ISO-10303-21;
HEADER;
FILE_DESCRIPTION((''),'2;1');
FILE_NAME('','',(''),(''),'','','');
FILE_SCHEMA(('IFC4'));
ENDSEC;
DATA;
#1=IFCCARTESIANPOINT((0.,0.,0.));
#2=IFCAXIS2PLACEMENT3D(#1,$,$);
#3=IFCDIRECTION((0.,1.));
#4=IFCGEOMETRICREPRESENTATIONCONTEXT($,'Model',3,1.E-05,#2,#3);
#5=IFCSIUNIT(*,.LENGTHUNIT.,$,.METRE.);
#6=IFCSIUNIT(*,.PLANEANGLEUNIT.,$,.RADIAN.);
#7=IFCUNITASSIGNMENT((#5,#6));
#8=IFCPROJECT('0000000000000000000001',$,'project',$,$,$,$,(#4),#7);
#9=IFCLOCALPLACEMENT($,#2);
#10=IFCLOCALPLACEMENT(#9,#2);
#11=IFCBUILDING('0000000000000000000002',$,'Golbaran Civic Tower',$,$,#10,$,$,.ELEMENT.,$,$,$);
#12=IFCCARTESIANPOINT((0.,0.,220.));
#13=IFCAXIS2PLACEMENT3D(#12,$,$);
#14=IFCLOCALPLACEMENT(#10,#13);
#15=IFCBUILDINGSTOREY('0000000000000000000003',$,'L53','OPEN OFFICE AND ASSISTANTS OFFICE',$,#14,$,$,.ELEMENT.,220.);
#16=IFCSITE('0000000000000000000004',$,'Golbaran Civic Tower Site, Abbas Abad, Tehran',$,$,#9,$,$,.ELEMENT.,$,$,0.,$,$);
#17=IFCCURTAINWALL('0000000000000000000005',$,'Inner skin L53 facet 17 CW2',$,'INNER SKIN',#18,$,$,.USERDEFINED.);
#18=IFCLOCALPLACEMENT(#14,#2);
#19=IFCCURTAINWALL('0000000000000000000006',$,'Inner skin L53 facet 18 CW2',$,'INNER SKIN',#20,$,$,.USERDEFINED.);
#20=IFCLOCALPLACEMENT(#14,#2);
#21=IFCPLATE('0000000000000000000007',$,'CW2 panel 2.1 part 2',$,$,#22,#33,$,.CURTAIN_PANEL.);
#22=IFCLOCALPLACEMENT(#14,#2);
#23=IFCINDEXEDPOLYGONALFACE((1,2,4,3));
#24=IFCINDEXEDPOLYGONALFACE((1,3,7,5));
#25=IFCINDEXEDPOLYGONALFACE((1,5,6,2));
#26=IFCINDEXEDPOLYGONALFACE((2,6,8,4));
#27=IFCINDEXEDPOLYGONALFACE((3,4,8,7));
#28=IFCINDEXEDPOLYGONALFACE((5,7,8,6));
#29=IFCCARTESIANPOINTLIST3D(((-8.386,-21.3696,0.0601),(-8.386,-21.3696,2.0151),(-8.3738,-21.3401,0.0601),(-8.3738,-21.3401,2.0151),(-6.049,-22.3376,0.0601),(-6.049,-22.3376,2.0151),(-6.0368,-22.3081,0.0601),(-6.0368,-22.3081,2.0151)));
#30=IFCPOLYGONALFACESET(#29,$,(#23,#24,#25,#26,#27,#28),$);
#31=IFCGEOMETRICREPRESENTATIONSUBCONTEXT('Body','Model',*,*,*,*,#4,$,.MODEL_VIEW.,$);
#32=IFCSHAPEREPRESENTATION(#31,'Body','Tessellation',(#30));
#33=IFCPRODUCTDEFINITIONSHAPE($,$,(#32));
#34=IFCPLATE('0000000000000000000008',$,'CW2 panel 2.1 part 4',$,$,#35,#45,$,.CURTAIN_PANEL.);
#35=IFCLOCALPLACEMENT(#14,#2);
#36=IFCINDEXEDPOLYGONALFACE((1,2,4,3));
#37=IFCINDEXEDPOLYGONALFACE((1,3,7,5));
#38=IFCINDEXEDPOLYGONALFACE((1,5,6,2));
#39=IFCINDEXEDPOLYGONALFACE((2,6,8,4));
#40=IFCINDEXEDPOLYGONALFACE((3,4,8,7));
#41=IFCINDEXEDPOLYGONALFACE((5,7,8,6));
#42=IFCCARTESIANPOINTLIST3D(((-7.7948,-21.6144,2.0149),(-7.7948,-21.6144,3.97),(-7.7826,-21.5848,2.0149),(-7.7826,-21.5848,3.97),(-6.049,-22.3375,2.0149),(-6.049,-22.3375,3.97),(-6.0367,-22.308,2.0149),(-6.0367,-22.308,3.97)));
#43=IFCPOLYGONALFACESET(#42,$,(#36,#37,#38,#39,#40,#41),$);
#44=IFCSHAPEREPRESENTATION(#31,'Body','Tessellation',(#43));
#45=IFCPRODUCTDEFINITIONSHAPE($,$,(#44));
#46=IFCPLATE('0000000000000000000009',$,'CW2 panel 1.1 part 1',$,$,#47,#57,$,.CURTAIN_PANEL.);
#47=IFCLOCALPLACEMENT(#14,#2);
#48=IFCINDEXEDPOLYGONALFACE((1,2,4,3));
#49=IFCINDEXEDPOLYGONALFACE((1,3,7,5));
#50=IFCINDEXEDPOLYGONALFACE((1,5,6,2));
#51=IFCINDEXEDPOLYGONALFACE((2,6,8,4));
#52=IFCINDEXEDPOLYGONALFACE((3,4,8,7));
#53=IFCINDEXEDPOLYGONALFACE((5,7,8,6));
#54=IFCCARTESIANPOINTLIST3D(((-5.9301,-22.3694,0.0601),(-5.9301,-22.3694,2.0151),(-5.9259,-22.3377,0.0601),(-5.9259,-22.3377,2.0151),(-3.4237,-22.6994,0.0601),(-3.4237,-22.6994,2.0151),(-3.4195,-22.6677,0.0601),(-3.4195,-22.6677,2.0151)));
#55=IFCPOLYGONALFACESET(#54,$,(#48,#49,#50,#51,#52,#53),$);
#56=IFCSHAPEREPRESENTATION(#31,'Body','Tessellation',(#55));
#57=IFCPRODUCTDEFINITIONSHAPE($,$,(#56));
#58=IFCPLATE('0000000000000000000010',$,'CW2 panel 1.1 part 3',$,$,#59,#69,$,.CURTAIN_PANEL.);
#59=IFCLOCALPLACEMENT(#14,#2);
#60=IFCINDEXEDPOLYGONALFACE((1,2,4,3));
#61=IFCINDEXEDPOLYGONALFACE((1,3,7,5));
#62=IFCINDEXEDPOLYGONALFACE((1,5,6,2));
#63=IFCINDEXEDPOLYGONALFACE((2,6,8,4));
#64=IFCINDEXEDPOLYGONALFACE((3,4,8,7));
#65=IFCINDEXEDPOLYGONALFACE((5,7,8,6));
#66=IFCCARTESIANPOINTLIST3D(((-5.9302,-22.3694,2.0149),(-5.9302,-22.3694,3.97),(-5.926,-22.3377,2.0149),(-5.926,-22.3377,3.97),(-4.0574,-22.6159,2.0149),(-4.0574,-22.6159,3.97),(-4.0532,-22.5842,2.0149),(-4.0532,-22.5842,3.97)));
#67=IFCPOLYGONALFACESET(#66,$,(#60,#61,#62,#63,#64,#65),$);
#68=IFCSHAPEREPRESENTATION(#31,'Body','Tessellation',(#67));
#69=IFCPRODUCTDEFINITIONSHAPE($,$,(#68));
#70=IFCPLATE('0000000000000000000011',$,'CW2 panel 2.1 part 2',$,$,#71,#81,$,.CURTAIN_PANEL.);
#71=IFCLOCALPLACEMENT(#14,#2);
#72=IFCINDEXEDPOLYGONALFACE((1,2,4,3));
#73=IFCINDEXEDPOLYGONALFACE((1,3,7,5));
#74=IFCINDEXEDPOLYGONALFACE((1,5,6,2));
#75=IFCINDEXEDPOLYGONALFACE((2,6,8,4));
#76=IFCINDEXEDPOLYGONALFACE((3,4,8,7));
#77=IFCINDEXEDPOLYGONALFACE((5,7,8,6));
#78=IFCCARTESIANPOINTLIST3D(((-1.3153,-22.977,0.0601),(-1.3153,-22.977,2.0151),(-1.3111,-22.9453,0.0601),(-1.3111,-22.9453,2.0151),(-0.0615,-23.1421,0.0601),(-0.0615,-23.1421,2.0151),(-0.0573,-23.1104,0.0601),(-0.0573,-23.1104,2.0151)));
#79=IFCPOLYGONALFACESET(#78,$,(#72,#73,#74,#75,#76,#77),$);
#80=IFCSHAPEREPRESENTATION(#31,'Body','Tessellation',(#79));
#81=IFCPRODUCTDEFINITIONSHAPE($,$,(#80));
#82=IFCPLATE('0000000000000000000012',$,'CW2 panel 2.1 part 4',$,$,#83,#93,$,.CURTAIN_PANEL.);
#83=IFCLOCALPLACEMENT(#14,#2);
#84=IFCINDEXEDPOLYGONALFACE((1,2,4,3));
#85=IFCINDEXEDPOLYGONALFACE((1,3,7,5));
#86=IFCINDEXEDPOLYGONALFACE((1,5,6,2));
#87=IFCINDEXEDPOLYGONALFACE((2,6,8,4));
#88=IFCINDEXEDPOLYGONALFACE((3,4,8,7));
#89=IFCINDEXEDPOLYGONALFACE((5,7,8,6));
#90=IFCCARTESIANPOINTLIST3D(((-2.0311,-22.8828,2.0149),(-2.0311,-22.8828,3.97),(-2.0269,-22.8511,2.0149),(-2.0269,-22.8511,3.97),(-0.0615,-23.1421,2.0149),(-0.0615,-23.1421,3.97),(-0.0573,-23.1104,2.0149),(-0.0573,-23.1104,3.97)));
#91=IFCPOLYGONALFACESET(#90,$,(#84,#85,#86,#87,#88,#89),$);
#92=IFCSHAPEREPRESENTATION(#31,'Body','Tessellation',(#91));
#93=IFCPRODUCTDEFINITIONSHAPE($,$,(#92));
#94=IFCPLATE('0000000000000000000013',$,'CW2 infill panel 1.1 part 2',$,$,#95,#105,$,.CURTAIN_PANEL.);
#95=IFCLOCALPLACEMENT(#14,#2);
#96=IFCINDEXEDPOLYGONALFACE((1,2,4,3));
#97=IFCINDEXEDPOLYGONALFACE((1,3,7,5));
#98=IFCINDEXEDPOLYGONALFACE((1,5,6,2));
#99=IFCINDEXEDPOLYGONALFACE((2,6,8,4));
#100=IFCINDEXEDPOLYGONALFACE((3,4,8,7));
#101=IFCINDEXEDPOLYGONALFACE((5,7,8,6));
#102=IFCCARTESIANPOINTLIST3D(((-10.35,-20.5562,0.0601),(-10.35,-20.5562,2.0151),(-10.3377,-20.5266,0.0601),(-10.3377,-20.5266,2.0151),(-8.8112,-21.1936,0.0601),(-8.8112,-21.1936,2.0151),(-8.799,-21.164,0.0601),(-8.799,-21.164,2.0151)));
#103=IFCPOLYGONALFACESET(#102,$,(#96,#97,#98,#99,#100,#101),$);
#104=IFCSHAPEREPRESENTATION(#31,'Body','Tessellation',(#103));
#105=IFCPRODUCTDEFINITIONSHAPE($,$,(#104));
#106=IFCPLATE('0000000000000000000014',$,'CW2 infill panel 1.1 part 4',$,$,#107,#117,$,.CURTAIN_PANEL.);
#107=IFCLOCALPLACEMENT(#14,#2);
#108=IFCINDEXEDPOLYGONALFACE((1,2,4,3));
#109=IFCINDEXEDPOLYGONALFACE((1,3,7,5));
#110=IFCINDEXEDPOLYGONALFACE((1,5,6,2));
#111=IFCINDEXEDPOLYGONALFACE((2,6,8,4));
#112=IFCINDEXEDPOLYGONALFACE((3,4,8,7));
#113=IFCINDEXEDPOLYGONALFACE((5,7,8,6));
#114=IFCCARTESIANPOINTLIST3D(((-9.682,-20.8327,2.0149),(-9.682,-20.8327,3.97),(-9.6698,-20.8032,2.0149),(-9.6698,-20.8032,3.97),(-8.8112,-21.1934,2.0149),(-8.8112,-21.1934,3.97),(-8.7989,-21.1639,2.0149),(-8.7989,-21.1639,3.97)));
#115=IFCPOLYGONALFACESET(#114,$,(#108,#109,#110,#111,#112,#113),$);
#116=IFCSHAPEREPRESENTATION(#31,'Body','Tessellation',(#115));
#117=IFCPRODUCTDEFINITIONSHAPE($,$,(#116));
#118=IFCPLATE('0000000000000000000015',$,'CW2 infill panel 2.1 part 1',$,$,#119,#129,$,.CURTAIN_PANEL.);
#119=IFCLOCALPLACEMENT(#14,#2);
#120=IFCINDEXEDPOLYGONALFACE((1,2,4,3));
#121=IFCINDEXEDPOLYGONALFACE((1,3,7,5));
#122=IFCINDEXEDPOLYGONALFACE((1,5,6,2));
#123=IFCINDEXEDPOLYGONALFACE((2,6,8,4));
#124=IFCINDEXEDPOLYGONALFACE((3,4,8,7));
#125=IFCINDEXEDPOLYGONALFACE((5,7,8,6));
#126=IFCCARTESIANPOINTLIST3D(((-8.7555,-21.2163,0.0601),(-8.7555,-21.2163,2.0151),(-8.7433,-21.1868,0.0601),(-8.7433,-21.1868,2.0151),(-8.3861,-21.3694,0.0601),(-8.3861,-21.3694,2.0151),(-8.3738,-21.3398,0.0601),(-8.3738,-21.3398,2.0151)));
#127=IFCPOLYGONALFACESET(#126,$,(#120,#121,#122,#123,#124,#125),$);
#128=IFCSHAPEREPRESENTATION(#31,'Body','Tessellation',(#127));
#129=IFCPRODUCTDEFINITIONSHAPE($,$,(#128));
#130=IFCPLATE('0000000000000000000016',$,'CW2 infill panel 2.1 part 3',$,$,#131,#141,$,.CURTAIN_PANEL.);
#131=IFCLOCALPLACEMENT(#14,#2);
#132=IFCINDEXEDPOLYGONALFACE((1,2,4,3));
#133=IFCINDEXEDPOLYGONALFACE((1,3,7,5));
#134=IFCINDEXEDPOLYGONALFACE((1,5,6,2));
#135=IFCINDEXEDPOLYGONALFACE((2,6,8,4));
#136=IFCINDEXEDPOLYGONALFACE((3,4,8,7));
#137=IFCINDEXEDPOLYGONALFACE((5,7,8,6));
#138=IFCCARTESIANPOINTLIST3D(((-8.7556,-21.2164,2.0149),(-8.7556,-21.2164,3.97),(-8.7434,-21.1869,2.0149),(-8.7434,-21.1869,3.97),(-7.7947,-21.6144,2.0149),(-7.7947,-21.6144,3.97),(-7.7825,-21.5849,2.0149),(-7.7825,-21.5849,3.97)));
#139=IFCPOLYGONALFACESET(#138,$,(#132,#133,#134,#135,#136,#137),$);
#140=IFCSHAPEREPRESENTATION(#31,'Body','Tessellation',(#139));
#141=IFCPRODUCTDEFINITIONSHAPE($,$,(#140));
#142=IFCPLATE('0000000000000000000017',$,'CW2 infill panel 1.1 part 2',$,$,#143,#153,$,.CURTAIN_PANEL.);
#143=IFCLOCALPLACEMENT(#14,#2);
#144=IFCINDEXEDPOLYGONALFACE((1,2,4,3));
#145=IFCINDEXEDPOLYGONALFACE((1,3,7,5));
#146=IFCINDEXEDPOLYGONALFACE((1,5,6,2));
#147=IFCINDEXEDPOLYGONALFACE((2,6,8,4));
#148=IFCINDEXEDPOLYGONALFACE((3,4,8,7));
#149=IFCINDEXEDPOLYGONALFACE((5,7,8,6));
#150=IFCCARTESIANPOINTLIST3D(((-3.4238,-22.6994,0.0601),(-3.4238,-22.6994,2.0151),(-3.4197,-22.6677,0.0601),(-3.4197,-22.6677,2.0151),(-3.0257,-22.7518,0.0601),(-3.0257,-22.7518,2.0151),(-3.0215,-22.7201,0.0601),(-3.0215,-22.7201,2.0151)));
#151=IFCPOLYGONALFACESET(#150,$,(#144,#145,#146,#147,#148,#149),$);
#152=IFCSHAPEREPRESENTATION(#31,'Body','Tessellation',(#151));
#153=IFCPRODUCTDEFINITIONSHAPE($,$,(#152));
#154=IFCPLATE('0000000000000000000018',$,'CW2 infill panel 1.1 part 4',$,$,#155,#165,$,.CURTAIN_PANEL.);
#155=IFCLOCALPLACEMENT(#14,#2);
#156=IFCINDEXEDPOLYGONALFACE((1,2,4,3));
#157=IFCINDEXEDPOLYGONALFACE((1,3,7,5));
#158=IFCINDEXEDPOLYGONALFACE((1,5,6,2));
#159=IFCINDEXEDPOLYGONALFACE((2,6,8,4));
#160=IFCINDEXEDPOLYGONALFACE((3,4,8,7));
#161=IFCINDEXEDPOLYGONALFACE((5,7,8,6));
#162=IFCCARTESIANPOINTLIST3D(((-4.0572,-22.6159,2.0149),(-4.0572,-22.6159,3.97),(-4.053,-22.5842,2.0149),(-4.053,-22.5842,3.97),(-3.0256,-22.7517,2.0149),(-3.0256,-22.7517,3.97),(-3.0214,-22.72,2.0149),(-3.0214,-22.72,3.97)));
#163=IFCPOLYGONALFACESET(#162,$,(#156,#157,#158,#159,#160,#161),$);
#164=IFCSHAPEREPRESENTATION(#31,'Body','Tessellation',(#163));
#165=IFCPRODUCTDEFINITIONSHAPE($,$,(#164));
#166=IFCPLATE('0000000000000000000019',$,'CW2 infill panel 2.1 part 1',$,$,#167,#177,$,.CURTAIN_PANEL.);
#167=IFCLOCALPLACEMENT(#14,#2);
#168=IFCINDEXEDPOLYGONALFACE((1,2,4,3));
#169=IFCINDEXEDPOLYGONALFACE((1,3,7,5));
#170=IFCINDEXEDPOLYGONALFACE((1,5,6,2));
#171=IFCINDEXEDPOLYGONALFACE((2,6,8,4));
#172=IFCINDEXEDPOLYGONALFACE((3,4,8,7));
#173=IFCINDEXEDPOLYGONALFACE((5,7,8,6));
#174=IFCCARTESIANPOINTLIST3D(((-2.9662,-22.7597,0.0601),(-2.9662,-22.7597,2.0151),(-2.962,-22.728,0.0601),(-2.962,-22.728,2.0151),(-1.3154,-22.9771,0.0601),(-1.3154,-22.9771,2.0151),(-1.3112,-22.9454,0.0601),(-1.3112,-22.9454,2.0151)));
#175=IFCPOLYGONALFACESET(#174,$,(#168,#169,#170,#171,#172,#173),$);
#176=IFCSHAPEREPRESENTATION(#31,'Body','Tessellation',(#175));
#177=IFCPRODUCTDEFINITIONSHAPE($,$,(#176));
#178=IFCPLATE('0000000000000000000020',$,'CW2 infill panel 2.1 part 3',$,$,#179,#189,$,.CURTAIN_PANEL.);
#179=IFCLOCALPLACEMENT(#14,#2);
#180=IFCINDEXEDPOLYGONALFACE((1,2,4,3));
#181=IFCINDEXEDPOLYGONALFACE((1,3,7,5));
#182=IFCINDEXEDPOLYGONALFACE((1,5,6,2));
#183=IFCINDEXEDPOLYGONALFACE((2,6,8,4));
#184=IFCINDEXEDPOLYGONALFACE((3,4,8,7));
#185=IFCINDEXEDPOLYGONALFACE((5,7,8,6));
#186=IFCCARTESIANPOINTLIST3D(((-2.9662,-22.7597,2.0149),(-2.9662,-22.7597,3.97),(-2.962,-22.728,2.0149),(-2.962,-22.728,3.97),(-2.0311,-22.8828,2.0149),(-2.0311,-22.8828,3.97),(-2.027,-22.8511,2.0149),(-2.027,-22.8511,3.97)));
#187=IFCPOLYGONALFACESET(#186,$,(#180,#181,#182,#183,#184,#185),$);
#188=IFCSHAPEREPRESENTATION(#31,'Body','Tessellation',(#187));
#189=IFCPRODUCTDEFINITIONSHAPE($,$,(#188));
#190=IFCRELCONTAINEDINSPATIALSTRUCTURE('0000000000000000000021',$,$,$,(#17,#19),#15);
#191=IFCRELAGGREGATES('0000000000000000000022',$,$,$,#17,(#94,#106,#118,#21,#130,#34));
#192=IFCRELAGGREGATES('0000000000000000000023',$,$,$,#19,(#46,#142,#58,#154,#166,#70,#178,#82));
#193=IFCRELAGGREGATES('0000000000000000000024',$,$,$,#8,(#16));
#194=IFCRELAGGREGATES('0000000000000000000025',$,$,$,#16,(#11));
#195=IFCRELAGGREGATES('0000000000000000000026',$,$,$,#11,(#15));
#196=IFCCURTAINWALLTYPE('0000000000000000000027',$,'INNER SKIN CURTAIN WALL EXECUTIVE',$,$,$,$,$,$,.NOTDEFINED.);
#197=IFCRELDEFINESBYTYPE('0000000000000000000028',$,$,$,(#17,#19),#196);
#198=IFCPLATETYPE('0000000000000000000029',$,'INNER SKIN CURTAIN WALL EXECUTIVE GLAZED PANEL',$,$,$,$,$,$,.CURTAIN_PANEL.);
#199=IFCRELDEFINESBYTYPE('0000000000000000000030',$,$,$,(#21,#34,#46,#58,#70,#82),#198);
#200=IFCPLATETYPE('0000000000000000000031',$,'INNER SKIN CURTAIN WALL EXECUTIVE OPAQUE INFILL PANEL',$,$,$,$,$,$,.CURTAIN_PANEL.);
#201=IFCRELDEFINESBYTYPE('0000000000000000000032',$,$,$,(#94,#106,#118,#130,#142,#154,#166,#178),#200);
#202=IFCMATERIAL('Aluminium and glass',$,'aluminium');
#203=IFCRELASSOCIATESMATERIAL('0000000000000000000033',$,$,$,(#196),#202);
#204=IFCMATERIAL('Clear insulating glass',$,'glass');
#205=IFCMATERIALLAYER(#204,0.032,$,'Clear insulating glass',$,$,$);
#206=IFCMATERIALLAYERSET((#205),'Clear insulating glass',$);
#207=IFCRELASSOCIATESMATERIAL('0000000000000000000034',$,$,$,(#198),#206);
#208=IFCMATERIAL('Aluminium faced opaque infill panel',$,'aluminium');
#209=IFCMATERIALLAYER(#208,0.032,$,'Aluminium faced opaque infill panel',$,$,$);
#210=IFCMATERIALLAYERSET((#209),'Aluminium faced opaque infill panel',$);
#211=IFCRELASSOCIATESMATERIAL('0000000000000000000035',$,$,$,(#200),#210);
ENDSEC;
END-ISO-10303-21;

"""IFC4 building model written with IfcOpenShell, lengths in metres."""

from ifc_helpers import new_model, si_unit, direction, frame, origin, origin_2d, place, context, subcontext, project, spatial, rectangle, extrude, material, layer, layer_set, type_object, element, aggregate, save


model = new_model("IFC4")

# Units and contexts
model_context = context("Model", 3, precision=1e-05, world=origin(), true_north=direction((0.0, 1.0)))
body_context = subcontext(model_context, "Body", "Model", "MODEL_VIEW")
ifc_project = project(units=[si_unit("LENGTHUNIT", "METRE"), si_unit("PLANEANGLEUNIT", "RADIAN")], contexts=[model_context])

# Site, building, storey
site_placement = place(None, origin())
site = spatial("IfcSite", under=ifc_project, at=site_placement, Name="Golbaran Civic Tower Site, Abbas Abad, Tehran", CompositionType="ELEMENT", RefElevation=0.0)
building_placement = place(site_placement, origin())
building = spatial("IfcBuilding", under=site, at=building_placement, Name="Golbaran Civic Tower", CompositionType="ELEMENT")
storey_placement = place(building_placement, frame((0.0, 0.0, 220.0)))
storey = spatial("IfcBuildingStorey", under=building, at=storey_placement, Name="L53", Description="OPEN OFFICE AND ASSISTANTS OFFICE", CompositionType="ELEMENT", Elevation=220.0)

# Curtain walls
ifc_material_1 = material(Name="Aluminium and glass", Category="aluminium")
curtain_wall_type = type_object("IfcCurtainWallType", Name="INNER SKIN CURTAIN WALL EXECUTIVE", PredefinedType="NOTDEFINED", material=ifc_material_1)
curtain_wall_1_placement = place(storey_placement, origin())
curtain_wall_1 = element("IfcCurtainWall", 1, at=curtain_wall_1_placement, inside=storey, type_object=curtain_wall_type, Name="Inner skin L53 facet 17 CW2", ObjectType="INNER SKIN", PredefinedType="USERDEFINED")
curtain_wall_2_placement = place(storey_placement, origin())
curtain_wall_2 = element("IfcCurtainWall", 2, at=curtain_wall_2_placement, inside=storey, type_object=curtain_wall_type, Name="Inner skin L53 facet 18 CW2", ObjectType="INNER SKIN", PredefinedType="USERDEFINED")

# Plates
ifc_material_2 = material(Name="Clear insulating glass", Category="glass")
ifc_layer_1 = layer(ifc_material_2, 0.032, Name="Clear insulating glass")
ifc_layer_set_1 = layer_set([ifc_layer_1], Name="Clear insulating glass")
plate_type_1 = type_object("IfcPlateType", Name="INNER SKIN CURTAIN WALL EXECUTIVE GLAZED PANEL", PredefinedType="CURTAIN_PANEL", material=ifc_layer_set_1)
plate_1_placement = place(storey_placement, frame((-7.2114, -21.8389, 0.0601), z_axis=(0.0, 0.0, 1.0), x_axis=(0.92388, -0.382683, 0.0)))
plate_1 = element("IfcPlate", 3, at=plate_1_placement, type_object=plate_type_1, Name="CW2 panel 2.1 part 2", PredefinedType="CURTAIN_PANEL", context=body_context, shape_type="SweptSolid", body=[
    extrude(rectangle(XDim=2.5295, YDim=0.032, at=origin_2d()), origin(), (0.0, 0.0, 1.0), 1.9551),
])
plate_2_placement = place(storey_placement, frame((-6.9158, -21.9612, 2.0149), z_axis=(0.0, 0.0, 1.0), x_axis=(0.92388, -0.382683, 0.0)))
plate_2 = element("IfcPlate", 4, at=plate_2_placement, type_object=plate_type_1, Name="CW2 panel 2.1 part 4", PredefinedType="CURTAIN_PANEL", context=body_context, shape_type="SweptSolid", body=[
    extrude(rectangle(XDim=1.8896, YDim=0.032, at=origin_2d()), origin(), (0.0, 0.0, 1.0), 1.9551),
])
plate_3_placement = place(storey_placement, frame((-4.6748, -22.5186, 0.0601), z_axis=(0.0, 0.0, 1.0), x_axis=(0.991445, -0.130526, 0.0)))
plate_3 = element("IfcPlate", 5, at=plate_3_placement, type_object=plate_type_1, Name="CW2 panel 1.1 part 1", PredefinedType="CURTAIN_PANEL", context=body_context, shape_type="SweptSolid", body=[
    extrude(rectangle(XDim=2.5281, YDim=0.032, at=origin_2d()), origin(), (0.0, 0.0, 1.0), 1.9551),
])
plate_4_placement = place(storey_placement, frame((-4.9917, -22.4768, 2.0149), z_axis=(0.0, 0.0, 1.0), x_axis=(0.991445, -0.130526, 0.0)))
plate_4 = element("IfcPlate", 6, at=plate_4_placement, type_object=plate_type_1, Name="CW2 panel 1.1 part 3", PredefinedType="CURTAIN_PANEL", context=body_context, shape_type="SweptSolid", body=[
    extrude(rectangle(XDim=1.8889, YDim=0.032, at=origin_2d()), origin(), (0.0, 0.0, 1.0), 1.9551),
])
plate_5_placement = place(storey_placement, frame((-0.6863, -23.0437, 0.0601), z_axis=(0.0, 0.0, 1.0), x_axis=(0.991445, -0.130526, 0.0)))
plate_5 = element("IfcPlate", 7, at=plate_5_placement, type_object=plate_type_1, Name="CW2 panel 2.1 part 2", PredefinedType="CURTAIN_PANEL", context=body_context, shape_type="SweptSolid", body=[
    extrude(rectangle(XDim=1.2646, YDim=0.032, at=origin_2d()), origin(), (0.0, 0.0, 1.0), 1.9551),
])
plate_6_placement = place(storey_placement, frame((-1.0442, -22.9966, 2.0149), z_axis=(0.0, 0.0, 1.0), x_axis=(0.991445, -0.130526, 0.0)))
plate_6 = element("IfcPlate", 8, at=plate_6_placement, type_object=plate_type_1, Name="CW2 panel 2.1 part 4", PredefinedType="CURTAIN_PANEL", context=body_context, shape_type="SweptSolid", body=[
    extrude(rectangle(XDim=1.9866, YDim=0.032, at=origin_2d()), origin(), (0.0, 0.0, 1.0), 1.9551),
])
ifc_material_3 = material(Name="Aluminium faced opaque infill panel", Category="aluminium")
ifc_layer_2 = layer(ifc_material_3, 0.032, Name="Aluminium faced opaque infill panel")
ifc_layer_set_2 = layer_set([ifc_layer_2], Name="Aluminium faced opaque infill panel")
plate_type_2 = type_object("IfcPlateType", Name="INNER SKIN CURTAIN WALL EXECUTIVE OPAQUE INFILL PANEL", PredefinedType="CURTAIN_PANEL", material=ifc_layer_set_2)
plate_7_placement = place(storey_placement, frame((-9.5745, -20.8601, 0.0601), z_axis=(0.0, 0.0, 1.0), x_axis=(0.92388, -0.382683, 0.0)))
plate_7 = element("IfcPlate", 9, at=plate_7_placement, type_object=plate_type_2, Name="CW2 infill panel 1.1 part 2", PredefinedType="CURTAIN_PANEL", context=body_context, shape_type="SweptSolid", body=[
    extrude(rectangle(XDim=1.6655, YDim=0.032, at=origin_2d()), origin(), (0.0, 0.0, 1.0), 1.9551),
])
plate_8_placement = place(storey_placement, frame((-9.2405, -20.9983, 2.0149), z_axis=(0.0, 0.0, 1.0), x_axis=(0.92388, -0.382683, 0.0)))
plate_8 = element("IfcPlate", 10, at=plate_8_placement, type_object=plate_type_2, Name="CW2 infill panel 1.1 part 4", PredefinedType="CURTAIN_PANEL", context=body_context, shape_type="SweptSolid", body=[
    extrude(rectangle(XDim=0.9426, YDim=0.032, at=origin_2d()), origin(), (0.0, 0.0, 1.0), 1.9551),
])
plate_9_placement = place(storey_placement, frame((-8.5647, -21.2781, 0.0601), z_axis=(0.0, 0.0, 1.0), x_axis=(0.92388, -0.382683, 0.0)))
plate_9 = element("IfcPlate", 11, at=plate_9_placement, type_object=plate_type_2, Name="CW2 infill panel 2.1 part 1", PredefinedType="CURTAIN_PANEL", context=body_context, shape_type="SweptSolid", body=[
    extrude(rectangle(XDim=0.3999, YDim=0.032, at=origin_2d()), origin(), (0.0, 0.0, 1.0), 1.9551),
])
plate_10_placement = place(storey_placement, frame((-8.269, -21.4006, 2.0149), z_axis=(0.0, 0.0, 1.0), x_axis=(0.92388, -0.382683, 0.0)))
plate_10 = element("IfcPlate", 12, at=plate_10_placement, type_object=plate_type_2, Name="CW2 infill panel 2.1 part 3", PredefinedType="CURTAIN_PANEL", context=body_context, shape_type="SweptSolid", body=[
    extrude(rectangle(XDim=1.04, YDim=0.032, at=origin_2d()), origin(), (0.0, 0.0, 1.0), 1.9551),
])
aggregate(curtain_wall_1, [plate_7, plate_8, plate_9, plate_1, plate_10, plate_2])
plate_11_placement = place(storey_placement, frame((-3.2227, -22.7097, 0.0601), z_axis=(0.0, 0.0, 1.0), x_axis=(0.991445, -0.130526, 0.0)))
plate_11 = element("IfcPlate", 13, at=plate_11_placement, type_object=plate_type_2, Name="CW2 infill panel 1.1 part 2", PredefinedType="CURTAIN_PANEL", context=body_context, shape_type="SweptSolid", body=[
    extrude(rectangle(XDim=0.4016, YDim=0.032, at=origin_2d()), origin(), (0.0, 0.0, 1.0), 1.9551),
])
plate_12_placement = place(storey_placement, frame((-3.5393, -22.668, 2.0149), z_axis=(0.0, 0.0, 1.0), x_axis=(0.991445, -0.130526, 0.0)))
plate_12 = element("IfcPlate", 14, at=plate_12_placement, type_object=plate_type_2, Name="CW2 infill panel 1.1 part 4", PredefinedType="CURTAIN_PANEL", context=body_context, shape_type="SweptSolid", body=[
    extrude(rectangle(XDim=1.0405, YDim=0.032, at=origin_2d()), origin(), (0.0, 0.0, 1.0), 1.9551),
])
plate_13_placement = place(storey_placement, frame((-2.1387, -22.8525, 0.0601), z_axis=(0.0, 0.0, 1.0), x_axis=(0.991445, -0.130526, 0.0)))
plate_13 = element("IfcPlate", 15, at=plate_13_placement, type_object=plate_type_2, Name="CW2 infill panel 2.1 part 1", PredefinedType="CURTAIN_PANEL", context=body_context, shape_type="SweptSolid", body=[
    extrude(rectangle(XDim=1.665, YDim=0.032, at=origin_2d()), origin(), (0.0, 0.0, 1.0), 1.9551),
])
plate_14_placement = place(storey_placement, frame((-2.4966, -22.8054, 2.0149), z_axis=(0.0, 0.0, 1.0), x_axis=(0.991445, -0.130526, 0.0)))
plate_14 = element("IfcPlate", 16, at=plate_14_placement, type_object=plate_type_2, Name="CW2 infill panel 2.1 part 3", PredefinedType="CURTAIN_PANEL", context=body_context, shape_type="SweptSolid", body=[
    extrude(rectangle(XDim=0.9431, YDim=0.032, at=origin_2d()), origin(), (0.0, 0.0, 1.0), 1.9551),
])
aggregate(curtain_wall_2, [plate_3, plate_11, plate_4, plate_12, plate_13, plate_5, plate_14, plate_6])

save(model, "model.ifc")
